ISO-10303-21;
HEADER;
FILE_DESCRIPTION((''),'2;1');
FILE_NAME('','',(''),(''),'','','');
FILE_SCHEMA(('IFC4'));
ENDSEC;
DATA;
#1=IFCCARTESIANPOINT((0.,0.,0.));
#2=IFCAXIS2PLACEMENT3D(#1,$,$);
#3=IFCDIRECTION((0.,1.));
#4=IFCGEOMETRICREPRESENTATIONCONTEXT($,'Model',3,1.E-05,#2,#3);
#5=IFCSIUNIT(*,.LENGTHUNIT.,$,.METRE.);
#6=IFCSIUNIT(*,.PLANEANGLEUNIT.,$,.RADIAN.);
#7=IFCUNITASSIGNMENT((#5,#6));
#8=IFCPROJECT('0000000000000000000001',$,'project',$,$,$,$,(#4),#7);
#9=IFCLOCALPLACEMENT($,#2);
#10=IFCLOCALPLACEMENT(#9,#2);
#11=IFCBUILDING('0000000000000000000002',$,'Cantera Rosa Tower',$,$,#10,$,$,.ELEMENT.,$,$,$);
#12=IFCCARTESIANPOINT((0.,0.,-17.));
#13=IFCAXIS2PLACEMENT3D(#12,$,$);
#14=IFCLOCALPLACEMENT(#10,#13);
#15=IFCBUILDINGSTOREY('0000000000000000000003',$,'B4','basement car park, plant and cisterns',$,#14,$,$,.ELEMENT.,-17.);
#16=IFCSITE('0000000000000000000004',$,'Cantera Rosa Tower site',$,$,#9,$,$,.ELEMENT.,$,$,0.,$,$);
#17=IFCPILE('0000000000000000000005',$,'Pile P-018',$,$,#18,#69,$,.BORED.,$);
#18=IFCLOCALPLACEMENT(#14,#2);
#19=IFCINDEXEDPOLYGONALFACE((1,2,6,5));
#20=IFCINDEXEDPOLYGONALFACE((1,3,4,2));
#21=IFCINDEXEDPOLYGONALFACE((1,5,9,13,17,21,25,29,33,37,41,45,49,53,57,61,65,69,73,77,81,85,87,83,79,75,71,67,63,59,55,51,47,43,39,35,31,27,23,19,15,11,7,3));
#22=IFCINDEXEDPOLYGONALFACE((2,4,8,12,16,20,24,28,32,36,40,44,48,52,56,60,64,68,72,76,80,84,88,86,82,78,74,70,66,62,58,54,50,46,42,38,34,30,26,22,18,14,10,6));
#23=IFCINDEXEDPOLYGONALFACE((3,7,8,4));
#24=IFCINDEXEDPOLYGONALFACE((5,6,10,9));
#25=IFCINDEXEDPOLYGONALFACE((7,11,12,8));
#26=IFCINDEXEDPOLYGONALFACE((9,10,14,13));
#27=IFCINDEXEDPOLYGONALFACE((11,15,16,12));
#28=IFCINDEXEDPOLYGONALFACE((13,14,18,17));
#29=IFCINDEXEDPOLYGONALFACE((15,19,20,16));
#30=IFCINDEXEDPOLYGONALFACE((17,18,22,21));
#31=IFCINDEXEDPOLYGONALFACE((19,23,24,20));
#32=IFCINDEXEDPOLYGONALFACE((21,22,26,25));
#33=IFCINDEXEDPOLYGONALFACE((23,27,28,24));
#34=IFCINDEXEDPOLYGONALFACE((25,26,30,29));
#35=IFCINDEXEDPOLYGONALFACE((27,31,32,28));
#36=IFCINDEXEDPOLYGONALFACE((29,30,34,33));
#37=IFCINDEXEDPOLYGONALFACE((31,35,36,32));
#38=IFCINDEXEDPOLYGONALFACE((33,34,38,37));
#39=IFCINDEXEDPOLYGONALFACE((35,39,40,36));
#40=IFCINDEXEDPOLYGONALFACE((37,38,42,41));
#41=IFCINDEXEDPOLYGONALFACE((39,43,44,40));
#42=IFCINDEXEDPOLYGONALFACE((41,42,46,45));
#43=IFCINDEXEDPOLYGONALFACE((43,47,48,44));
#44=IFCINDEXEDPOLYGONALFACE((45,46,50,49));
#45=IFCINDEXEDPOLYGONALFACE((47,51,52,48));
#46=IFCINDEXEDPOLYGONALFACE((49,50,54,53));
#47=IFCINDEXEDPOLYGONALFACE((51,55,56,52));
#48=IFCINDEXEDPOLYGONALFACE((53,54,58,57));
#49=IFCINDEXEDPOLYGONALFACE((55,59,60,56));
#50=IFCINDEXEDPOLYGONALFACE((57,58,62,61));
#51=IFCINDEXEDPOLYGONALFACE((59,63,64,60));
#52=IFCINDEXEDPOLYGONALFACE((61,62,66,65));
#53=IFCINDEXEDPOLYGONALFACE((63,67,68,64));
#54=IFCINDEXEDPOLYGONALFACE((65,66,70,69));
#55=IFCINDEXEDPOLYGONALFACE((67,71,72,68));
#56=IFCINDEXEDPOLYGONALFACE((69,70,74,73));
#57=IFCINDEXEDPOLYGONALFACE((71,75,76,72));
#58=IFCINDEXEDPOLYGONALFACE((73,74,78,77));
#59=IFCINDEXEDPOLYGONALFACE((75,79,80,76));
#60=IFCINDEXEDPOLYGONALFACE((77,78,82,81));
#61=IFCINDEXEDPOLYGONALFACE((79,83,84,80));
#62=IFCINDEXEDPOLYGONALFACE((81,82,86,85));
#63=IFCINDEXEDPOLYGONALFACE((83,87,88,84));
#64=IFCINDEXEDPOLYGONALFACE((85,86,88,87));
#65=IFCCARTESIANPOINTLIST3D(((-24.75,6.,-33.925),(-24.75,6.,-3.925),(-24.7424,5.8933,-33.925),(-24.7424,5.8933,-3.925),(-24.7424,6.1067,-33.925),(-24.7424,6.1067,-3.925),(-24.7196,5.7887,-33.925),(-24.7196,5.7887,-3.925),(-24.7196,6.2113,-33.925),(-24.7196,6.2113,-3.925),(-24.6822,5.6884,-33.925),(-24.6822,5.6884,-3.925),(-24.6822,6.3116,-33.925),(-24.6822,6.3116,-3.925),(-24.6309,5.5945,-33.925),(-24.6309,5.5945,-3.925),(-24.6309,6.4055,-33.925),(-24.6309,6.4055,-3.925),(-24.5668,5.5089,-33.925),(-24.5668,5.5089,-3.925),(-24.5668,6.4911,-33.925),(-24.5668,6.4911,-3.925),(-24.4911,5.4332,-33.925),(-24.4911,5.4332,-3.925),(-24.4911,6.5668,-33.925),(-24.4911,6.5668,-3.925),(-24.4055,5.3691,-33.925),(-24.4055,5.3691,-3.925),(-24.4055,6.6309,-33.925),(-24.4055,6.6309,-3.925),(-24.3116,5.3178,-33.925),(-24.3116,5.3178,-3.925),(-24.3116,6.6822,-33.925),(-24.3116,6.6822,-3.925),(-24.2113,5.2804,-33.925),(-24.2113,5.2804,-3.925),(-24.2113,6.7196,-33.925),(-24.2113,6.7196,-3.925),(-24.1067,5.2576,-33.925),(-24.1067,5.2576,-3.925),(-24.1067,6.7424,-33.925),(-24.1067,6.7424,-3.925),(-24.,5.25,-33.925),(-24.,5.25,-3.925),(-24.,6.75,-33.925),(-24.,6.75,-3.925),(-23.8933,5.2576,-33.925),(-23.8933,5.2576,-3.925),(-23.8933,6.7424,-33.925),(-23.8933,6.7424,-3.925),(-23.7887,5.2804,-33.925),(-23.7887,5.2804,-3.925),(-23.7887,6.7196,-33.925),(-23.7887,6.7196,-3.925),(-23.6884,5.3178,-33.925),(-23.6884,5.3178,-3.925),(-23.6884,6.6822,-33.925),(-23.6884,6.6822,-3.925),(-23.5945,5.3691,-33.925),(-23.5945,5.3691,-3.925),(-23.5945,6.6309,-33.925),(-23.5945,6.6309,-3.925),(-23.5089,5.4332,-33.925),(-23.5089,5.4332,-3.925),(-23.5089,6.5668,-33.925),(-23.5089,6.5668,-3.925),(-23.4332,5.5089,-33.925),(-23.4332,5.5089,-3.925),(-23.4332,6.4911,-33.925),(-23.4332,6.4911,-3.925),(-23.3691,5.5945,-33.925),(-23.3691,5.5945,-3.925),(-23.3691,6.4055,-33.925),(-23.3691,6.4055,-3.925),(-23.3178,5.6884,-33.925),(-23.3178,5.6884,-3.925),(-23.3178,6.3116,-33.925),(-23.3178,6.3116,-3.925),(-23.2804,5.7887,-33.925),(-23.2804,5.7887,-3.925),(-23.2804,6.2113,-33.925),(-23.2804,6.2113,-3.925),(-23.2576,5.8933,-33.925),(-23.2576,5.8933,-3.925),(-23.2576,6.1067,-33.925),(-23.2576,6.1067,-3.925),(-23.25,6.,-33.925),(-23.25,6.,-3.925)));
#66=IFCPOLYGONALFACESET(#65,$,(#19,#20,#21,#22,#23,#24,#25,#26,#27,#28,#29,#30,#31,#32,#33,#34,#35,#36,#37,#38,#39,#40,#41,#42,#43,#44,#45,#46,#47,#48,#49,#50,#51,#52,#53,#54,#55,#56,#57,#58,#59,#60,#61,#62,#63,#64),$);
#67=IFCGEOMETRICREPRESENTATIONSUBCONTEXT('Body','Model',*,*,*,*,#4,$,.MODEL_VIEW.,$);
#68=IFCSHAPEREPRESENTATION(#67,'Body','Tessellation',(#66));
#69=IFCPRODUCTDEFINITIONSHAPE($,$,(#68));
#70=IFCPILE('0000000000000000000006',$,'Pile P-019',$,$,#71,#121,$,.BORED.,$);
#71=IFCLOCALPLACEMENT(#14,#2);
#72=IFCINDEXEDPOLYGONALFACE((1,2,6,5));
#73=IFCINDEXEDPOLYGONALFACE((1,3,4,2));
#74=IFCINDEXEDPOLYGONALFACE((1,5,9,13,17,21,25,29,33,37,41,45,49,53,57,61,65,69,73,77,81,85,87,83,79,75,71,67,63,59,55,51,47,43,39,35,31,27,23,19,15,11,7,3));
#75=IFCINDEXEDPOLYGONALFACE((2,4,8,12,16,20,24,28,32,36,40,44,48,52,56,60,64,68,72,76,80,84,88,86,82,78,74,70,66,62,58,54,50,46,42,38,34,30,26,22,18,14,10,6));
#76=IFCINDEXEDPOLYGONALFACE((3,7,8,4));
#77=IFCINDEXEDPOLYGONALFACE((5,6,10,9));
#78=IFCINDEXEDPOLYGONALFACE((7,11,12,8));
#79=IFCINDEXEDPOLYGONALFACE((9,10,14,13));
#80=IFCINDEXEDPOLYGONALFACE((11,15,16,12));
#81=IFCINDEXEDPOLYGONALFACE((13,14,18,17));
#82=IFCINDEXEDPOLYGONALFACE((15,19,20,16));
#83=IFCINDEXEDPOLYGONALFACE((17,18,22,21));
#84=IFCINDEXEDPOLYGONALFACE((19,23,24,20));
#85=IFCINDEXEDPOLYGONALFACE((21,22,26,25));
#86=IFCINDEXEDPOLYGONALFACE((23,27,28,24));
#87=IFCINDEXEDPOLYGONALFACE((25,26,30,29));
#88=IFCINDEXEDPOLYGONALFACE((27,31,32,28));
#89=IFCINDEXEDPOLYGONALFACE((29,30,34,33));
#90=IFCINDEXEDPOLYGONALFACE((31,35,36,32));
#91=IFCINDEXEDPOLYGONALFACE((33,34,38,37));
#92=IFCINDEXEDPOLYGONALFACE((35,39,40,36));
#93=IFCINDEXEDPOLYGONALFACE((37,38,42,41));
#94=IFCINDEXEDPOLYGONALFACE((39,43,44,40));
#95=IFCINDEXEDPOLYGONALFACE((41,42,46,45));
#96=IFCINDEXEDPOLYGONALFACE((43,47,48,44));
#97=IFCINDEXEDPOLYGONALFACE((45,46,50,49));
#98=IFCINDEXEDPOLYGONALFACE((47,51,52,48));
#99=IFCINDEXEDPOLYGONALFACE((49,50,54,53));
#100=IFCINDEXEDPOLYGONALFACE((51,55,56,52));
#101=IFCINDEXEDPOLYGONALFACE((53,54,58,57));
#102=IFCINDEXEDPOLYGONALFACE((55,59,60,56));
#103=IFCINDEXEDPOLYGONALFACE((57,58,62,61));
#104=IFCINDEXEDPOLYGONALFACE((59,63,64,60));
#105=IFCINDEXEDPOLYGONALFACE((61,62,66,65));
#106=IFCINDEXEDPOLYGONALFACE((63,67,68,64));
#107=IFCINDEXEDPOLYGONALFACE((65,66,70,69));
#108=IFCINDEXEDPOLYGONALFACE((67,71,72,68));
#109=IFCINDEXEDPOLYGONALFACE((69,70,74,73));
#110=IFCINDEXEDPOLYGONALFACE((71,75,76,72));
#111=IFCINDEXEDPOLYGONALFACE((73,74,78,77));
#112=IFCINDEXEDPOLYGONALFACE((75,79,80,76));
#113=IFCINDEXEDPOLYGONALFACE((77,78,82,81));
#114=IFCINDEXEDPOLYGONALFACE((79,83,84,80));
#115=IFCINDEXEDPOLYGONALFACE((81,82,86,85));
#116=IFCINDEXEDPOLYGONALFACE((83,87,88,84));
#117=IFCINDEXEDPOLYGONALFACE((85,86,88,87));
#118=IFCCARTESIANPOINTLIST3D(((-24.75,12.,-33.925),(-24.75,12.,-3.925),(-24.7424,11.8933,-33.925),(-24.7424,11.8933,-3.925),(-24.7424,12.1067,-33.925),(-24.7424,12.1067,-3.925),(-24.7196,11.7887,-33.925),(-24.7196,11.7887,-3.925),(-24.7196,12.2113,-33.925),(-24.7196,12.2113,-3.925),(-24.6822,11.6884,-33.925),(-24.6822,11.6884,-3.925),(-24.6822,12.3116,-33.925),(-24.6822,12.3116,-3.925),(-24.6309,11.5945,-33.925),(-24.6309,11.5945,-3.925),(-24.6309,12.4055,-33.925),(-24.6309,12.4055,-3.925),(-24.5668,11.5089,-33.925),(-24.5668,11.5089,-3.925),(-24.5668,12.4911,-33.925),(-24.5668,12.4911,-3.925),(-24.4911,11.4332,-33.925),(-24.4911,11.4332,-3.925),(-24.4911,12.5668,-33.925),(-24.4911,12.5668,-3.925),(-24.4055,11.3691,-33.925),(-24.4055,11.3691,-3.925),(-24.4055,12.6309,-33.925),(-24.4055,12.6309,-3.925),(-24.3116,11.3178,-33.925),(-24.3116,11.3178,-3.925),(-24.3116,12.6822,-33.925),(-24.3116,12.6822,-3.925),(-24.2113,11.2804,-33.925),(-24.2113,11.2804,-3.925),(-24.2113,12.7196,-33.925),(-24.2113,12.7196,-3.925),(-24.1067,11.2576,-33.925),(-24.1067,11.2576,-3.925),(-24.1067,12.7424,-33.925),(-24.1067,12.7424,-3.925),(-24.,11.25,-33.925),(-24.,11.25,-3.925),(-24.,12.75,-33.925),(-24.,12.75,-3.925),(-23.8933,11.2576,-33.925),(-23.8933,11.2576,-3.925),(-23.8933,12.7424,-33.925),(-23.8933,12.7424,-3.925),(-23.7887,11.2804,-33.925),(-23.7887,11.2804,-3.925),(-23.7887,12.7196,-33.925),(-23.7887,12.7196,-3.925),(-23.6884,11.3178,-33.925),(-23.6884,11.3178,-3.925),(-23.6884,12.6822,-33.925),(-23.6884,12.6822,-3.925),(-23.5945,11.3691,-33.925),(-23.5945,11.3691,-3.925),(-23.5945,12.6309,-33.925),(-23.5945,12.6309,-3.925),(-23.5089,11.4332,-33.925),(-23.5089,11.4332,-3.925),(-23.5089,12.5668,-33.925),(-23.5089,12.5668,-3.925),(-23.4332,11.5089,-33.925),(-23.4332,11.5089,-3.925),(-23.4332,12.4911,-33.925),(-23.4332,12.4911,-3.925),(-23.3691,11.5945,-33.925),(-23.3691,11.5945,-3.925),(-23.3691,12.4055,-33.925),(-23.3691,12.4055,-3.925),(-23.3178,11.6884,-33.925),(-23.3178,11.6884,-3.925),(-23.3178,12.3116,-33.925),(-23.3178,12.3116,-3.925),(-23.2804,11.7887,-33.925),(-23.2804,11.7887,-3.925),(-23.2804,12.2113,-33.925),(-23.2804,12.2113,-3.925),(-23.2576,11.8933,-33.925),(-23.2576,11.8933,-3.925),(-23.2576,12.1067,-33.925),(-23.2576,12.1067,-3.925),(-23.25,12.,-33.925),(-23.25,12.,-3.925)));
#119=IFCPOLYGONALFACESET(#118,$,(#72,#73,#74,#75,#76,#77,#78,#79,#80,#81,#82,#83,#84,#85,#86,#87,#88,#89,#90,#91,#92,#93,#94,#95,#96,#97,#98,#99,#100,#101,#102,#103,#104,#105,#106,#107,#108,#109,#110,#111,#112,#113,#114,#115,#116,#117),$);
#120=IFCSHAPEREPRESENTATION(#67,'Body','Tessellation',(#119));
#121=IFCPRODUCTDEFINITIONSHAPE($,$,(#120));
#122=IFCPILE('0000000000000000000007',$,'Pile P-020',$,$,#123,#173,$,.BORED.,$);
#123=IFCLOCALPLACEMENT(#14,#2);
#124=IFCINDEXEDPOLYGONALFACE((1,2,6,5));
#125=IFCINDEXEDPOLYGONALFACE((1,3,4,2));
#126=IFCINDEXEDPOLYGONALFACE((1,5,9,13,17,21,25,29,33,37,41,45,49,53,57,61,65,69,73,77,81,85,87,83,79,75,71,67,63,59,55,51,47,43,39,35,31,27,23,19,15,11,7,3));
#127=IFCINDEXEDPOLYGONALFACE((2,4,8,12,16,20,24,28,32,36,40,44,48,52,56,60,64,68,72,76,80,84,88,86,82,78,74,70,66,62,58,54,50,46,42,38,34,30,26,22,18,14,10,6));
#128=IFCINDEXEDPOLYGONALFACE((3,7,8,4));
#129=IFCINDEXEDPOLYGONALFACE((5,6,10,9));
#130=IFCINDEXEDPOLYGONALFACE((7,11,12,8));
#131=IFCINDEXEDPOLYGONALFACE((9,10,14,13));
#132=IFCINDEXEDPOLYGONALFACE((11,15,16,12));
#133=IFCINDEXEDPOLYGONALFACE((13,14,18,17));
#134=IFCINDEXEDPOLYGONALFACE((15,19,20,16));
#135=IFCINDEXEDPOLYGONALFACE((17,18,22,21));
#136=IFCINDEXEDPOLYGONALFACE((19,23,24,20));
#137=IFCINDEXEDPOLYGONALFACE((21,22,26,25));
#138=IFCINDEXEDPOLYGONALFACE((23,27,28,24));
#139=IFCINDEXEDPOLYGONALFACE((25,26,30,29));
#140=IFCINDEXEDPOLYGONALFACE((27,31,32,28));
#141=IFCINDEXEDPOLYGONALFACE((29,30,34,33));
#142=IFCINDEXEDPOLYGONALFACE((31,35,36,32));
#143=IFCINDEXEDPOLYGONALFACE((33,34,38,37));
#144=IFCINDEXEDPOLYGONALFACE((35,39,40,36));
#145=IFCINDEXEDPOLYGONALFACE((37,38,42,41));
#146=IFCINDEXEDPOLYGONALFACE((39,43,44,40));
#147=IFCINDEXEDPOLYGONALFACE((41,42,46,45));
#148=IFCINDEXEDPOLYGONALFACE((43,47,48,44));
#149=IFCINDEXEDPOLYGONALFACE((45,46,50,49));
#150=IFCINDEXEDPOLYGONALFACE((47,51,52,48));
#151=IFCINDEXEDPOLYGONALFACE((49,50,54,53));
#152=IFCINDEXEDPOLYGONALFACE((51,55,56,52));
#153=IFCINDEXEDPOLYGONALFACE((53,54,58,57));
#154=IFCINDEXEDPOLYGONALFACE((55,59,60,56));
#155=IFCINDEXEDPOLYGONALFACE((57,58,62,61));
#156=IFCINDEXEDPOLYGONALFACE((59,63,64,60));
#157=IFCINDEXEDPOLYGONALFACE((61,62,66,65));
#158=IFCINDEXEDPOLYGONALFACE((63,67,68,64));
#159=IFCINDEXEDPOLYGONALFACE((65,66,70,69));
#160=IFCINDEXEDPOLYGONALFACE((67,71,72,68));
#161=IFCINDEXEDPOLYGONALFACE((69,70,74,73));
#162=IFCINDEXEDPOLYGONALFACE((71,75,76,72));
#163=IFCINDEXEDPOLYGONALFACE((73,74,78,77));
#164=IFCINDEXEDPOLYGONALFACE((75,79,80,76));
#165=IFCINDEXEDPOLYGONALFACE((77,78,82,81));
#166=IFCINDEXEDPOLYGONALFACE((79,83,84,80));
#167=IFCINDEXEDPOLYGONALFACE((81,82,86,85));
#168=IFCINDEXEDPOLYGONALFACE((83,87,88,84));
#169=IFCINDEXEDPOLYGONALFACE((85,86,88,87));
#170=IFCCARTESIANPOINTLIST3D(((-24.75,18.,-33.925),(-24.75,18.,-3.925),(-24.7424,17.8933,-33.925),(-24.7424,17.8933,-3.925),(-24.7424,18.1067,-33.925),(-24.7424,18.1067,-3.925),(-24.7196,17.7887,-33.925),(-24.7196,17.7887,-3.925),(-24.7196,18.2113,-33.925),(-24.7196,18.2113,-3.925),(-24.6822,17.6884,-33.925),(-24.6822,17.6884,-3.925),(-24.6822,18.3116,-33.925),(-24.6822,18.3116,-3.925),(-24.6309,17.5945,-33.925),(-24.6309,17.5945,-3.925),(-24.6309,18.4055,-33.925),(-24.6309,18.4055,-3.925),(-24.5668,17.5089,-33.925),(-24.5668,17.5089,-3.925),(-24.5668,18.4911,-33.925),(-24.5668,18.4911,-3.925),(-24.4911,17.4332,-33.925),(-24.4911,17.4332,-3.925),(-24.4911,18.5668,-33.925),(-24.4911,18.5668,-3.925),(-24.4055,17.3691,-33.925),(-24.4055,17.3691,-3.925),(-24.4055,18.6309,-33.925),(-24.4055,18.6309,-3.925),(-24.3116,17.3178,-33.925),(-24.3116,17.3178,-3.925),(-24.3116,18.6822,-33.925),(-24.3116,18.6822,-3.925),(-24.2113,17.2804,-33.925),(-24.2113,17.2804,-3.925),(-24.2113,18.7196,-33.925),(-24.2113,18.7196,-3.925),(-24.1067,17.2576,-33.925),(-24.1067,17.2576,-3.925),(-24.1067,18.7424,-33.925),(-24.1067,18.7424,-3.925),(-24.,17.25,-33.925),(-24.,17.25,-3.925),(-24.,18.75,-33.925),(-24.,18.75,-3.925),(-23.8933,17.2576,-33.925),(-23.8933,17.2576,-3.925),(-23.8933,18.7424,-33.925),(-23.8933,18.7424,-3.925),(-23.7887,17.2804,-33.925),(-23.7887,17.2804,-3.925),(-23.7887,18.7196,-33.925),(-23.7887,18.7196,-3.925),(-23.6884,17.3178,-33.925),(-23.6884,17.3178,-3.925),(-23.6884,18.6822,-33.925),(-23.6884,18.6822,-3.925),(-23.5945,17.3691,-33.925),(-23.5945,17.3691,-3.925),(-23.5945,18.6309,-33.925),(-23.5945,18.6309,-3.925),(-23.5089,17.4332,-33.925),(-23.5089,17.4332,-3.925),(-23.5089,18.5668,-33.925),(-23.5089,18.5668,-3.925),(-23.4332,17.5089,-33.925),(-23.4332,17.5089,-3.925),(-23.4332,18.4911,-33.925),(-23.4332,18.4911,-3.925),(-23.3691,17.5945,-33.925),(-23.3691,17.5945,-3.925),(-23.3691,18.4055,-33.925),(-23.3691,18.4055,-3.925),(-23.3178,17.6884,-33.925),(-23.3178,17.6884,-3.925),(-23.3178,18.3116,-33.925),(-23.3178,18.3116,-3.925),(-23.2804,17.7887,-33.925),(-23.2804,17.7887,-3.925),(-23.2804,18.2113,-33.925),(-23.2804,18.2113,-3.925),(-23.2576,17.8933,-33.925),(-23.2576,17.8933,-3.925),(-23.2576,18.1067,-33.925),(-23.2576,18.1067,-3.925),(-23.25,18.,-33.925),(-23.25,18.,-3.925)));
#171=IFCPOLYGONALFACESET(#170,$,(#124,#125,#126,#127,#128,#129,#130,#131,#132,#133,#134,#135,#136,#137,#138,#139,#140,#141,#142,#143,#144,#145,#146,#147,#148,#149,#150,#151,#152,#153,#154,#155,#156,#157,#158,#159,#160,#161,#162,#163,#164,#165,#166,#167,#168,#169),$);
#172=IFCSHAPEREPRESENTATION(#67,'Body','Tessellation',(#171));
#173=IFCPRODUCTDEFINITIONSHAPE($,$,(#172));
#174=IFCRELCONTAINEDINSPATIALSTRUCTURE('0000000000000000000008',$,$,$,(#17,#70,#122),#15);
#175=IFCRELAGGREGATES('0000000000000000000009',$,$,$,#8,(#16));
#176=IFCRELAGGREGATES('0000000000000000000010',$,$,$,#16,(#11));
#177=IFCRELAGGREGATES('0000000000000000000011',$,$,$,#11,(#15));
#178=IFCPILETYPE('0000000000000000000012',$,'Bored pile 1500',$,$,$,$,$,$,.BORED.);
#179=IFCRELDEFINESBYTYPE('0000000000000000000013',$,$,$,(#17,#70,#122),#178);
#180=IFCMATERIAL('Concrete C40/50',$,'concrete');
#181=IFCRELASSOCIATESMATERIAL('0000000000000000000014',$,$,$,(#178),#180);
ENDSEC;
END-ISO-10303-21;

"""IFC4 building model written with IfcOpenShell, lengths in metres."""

from ifc_helpers import new_model, si_unit, direction, frame, origin, origin_2d, place, context, subcontext, project, spatial, circle, extrude, material, material_profile, profile_set, type_object, element, save


model = new_model("IFC4")

# Units and contexts
model_context = context("Model", 3, precision=1e-05, world=origin(), true_north=direction((0.0, 1.0)))
body_context = subcontext(model_context, "Body", "Model", "MODEL_VIEW")
ifc_project = project(units=[si_unit("LENGTHUNIT", "METRE"), si_unit("PLANEANGLEUNIT", "RADIAN")], contexts=[model_context])

# Site, building, storey
site_placement = place(None, origin())
site = spatial("IfcSite", under=ifc_project, at=site_placement, Name="Cantera Rosa Tower site", CompositionType="ELEMENT", RefElevation=0.0)
building_placement = place(site_placement, origin())
building = spatial("IfcBuilding", under=site, at=building_placement, Name="Cantera Rosa Tower", CompositionType="ELEMENT")
storey_placement = place(building_placement, frame((0.0, 0.0, -17.0)))
storey = spatial("IfcBuildingStorey", under=building, at=storey_placement, Name="B4", Description="basement car park, plant and cisterns", CompositionType="ELEMENT", Elevation=-17.0)

# Piles
ifc_material_1 = material(Name="Concrete C40/50", Category="concrete")
ifc_material_profile_1 = material_profile(ifc_material_1, circle(Radius=0.75, at=origin_2d()), Name="Bored pile 1500")
ifc_profile_set_1 = profile_set([ifc_material_profile_1], Name="Concrete C40/50")
pile_type = type_object("IfcPileType", Name="Bored pile 1500", PredefinedType="BORED", material=ifc_profile_set_1)
for number, where, z_axis, x_axis, name in (
    (1, (-24.0, 6.0, -3.925), (0.0, 0.0, -1.0), (1.0, 0.0, 0.0), "Pile P-018"),
    (2, (-24.0, 12.0, -3.925), (0.0, 0.0, -1.0), (1.0, 0.0, 0.0), "Pile P-019"),
    (3, (-24.0, 18.0, -3.925), (0.0, 0.0, -1.0), (1.0, 0.0, 0.0), "Pile P-020"),
):
    element("IfcPile", number, at=place(storey_placement, frame(where, z_axis=z_axis, x_axis=x_axis)), inside=storey, type_object=pile_type, Name=name, PredefinedType="BORED", context=body_context, shape_type="SweptSolid", body=[
        extrude(circle(Radius=0.75, at=origin_2d()), origin(), (0.0, 0.0, 1.0), 30.0),
    ])

save(model, "model.ifc")
